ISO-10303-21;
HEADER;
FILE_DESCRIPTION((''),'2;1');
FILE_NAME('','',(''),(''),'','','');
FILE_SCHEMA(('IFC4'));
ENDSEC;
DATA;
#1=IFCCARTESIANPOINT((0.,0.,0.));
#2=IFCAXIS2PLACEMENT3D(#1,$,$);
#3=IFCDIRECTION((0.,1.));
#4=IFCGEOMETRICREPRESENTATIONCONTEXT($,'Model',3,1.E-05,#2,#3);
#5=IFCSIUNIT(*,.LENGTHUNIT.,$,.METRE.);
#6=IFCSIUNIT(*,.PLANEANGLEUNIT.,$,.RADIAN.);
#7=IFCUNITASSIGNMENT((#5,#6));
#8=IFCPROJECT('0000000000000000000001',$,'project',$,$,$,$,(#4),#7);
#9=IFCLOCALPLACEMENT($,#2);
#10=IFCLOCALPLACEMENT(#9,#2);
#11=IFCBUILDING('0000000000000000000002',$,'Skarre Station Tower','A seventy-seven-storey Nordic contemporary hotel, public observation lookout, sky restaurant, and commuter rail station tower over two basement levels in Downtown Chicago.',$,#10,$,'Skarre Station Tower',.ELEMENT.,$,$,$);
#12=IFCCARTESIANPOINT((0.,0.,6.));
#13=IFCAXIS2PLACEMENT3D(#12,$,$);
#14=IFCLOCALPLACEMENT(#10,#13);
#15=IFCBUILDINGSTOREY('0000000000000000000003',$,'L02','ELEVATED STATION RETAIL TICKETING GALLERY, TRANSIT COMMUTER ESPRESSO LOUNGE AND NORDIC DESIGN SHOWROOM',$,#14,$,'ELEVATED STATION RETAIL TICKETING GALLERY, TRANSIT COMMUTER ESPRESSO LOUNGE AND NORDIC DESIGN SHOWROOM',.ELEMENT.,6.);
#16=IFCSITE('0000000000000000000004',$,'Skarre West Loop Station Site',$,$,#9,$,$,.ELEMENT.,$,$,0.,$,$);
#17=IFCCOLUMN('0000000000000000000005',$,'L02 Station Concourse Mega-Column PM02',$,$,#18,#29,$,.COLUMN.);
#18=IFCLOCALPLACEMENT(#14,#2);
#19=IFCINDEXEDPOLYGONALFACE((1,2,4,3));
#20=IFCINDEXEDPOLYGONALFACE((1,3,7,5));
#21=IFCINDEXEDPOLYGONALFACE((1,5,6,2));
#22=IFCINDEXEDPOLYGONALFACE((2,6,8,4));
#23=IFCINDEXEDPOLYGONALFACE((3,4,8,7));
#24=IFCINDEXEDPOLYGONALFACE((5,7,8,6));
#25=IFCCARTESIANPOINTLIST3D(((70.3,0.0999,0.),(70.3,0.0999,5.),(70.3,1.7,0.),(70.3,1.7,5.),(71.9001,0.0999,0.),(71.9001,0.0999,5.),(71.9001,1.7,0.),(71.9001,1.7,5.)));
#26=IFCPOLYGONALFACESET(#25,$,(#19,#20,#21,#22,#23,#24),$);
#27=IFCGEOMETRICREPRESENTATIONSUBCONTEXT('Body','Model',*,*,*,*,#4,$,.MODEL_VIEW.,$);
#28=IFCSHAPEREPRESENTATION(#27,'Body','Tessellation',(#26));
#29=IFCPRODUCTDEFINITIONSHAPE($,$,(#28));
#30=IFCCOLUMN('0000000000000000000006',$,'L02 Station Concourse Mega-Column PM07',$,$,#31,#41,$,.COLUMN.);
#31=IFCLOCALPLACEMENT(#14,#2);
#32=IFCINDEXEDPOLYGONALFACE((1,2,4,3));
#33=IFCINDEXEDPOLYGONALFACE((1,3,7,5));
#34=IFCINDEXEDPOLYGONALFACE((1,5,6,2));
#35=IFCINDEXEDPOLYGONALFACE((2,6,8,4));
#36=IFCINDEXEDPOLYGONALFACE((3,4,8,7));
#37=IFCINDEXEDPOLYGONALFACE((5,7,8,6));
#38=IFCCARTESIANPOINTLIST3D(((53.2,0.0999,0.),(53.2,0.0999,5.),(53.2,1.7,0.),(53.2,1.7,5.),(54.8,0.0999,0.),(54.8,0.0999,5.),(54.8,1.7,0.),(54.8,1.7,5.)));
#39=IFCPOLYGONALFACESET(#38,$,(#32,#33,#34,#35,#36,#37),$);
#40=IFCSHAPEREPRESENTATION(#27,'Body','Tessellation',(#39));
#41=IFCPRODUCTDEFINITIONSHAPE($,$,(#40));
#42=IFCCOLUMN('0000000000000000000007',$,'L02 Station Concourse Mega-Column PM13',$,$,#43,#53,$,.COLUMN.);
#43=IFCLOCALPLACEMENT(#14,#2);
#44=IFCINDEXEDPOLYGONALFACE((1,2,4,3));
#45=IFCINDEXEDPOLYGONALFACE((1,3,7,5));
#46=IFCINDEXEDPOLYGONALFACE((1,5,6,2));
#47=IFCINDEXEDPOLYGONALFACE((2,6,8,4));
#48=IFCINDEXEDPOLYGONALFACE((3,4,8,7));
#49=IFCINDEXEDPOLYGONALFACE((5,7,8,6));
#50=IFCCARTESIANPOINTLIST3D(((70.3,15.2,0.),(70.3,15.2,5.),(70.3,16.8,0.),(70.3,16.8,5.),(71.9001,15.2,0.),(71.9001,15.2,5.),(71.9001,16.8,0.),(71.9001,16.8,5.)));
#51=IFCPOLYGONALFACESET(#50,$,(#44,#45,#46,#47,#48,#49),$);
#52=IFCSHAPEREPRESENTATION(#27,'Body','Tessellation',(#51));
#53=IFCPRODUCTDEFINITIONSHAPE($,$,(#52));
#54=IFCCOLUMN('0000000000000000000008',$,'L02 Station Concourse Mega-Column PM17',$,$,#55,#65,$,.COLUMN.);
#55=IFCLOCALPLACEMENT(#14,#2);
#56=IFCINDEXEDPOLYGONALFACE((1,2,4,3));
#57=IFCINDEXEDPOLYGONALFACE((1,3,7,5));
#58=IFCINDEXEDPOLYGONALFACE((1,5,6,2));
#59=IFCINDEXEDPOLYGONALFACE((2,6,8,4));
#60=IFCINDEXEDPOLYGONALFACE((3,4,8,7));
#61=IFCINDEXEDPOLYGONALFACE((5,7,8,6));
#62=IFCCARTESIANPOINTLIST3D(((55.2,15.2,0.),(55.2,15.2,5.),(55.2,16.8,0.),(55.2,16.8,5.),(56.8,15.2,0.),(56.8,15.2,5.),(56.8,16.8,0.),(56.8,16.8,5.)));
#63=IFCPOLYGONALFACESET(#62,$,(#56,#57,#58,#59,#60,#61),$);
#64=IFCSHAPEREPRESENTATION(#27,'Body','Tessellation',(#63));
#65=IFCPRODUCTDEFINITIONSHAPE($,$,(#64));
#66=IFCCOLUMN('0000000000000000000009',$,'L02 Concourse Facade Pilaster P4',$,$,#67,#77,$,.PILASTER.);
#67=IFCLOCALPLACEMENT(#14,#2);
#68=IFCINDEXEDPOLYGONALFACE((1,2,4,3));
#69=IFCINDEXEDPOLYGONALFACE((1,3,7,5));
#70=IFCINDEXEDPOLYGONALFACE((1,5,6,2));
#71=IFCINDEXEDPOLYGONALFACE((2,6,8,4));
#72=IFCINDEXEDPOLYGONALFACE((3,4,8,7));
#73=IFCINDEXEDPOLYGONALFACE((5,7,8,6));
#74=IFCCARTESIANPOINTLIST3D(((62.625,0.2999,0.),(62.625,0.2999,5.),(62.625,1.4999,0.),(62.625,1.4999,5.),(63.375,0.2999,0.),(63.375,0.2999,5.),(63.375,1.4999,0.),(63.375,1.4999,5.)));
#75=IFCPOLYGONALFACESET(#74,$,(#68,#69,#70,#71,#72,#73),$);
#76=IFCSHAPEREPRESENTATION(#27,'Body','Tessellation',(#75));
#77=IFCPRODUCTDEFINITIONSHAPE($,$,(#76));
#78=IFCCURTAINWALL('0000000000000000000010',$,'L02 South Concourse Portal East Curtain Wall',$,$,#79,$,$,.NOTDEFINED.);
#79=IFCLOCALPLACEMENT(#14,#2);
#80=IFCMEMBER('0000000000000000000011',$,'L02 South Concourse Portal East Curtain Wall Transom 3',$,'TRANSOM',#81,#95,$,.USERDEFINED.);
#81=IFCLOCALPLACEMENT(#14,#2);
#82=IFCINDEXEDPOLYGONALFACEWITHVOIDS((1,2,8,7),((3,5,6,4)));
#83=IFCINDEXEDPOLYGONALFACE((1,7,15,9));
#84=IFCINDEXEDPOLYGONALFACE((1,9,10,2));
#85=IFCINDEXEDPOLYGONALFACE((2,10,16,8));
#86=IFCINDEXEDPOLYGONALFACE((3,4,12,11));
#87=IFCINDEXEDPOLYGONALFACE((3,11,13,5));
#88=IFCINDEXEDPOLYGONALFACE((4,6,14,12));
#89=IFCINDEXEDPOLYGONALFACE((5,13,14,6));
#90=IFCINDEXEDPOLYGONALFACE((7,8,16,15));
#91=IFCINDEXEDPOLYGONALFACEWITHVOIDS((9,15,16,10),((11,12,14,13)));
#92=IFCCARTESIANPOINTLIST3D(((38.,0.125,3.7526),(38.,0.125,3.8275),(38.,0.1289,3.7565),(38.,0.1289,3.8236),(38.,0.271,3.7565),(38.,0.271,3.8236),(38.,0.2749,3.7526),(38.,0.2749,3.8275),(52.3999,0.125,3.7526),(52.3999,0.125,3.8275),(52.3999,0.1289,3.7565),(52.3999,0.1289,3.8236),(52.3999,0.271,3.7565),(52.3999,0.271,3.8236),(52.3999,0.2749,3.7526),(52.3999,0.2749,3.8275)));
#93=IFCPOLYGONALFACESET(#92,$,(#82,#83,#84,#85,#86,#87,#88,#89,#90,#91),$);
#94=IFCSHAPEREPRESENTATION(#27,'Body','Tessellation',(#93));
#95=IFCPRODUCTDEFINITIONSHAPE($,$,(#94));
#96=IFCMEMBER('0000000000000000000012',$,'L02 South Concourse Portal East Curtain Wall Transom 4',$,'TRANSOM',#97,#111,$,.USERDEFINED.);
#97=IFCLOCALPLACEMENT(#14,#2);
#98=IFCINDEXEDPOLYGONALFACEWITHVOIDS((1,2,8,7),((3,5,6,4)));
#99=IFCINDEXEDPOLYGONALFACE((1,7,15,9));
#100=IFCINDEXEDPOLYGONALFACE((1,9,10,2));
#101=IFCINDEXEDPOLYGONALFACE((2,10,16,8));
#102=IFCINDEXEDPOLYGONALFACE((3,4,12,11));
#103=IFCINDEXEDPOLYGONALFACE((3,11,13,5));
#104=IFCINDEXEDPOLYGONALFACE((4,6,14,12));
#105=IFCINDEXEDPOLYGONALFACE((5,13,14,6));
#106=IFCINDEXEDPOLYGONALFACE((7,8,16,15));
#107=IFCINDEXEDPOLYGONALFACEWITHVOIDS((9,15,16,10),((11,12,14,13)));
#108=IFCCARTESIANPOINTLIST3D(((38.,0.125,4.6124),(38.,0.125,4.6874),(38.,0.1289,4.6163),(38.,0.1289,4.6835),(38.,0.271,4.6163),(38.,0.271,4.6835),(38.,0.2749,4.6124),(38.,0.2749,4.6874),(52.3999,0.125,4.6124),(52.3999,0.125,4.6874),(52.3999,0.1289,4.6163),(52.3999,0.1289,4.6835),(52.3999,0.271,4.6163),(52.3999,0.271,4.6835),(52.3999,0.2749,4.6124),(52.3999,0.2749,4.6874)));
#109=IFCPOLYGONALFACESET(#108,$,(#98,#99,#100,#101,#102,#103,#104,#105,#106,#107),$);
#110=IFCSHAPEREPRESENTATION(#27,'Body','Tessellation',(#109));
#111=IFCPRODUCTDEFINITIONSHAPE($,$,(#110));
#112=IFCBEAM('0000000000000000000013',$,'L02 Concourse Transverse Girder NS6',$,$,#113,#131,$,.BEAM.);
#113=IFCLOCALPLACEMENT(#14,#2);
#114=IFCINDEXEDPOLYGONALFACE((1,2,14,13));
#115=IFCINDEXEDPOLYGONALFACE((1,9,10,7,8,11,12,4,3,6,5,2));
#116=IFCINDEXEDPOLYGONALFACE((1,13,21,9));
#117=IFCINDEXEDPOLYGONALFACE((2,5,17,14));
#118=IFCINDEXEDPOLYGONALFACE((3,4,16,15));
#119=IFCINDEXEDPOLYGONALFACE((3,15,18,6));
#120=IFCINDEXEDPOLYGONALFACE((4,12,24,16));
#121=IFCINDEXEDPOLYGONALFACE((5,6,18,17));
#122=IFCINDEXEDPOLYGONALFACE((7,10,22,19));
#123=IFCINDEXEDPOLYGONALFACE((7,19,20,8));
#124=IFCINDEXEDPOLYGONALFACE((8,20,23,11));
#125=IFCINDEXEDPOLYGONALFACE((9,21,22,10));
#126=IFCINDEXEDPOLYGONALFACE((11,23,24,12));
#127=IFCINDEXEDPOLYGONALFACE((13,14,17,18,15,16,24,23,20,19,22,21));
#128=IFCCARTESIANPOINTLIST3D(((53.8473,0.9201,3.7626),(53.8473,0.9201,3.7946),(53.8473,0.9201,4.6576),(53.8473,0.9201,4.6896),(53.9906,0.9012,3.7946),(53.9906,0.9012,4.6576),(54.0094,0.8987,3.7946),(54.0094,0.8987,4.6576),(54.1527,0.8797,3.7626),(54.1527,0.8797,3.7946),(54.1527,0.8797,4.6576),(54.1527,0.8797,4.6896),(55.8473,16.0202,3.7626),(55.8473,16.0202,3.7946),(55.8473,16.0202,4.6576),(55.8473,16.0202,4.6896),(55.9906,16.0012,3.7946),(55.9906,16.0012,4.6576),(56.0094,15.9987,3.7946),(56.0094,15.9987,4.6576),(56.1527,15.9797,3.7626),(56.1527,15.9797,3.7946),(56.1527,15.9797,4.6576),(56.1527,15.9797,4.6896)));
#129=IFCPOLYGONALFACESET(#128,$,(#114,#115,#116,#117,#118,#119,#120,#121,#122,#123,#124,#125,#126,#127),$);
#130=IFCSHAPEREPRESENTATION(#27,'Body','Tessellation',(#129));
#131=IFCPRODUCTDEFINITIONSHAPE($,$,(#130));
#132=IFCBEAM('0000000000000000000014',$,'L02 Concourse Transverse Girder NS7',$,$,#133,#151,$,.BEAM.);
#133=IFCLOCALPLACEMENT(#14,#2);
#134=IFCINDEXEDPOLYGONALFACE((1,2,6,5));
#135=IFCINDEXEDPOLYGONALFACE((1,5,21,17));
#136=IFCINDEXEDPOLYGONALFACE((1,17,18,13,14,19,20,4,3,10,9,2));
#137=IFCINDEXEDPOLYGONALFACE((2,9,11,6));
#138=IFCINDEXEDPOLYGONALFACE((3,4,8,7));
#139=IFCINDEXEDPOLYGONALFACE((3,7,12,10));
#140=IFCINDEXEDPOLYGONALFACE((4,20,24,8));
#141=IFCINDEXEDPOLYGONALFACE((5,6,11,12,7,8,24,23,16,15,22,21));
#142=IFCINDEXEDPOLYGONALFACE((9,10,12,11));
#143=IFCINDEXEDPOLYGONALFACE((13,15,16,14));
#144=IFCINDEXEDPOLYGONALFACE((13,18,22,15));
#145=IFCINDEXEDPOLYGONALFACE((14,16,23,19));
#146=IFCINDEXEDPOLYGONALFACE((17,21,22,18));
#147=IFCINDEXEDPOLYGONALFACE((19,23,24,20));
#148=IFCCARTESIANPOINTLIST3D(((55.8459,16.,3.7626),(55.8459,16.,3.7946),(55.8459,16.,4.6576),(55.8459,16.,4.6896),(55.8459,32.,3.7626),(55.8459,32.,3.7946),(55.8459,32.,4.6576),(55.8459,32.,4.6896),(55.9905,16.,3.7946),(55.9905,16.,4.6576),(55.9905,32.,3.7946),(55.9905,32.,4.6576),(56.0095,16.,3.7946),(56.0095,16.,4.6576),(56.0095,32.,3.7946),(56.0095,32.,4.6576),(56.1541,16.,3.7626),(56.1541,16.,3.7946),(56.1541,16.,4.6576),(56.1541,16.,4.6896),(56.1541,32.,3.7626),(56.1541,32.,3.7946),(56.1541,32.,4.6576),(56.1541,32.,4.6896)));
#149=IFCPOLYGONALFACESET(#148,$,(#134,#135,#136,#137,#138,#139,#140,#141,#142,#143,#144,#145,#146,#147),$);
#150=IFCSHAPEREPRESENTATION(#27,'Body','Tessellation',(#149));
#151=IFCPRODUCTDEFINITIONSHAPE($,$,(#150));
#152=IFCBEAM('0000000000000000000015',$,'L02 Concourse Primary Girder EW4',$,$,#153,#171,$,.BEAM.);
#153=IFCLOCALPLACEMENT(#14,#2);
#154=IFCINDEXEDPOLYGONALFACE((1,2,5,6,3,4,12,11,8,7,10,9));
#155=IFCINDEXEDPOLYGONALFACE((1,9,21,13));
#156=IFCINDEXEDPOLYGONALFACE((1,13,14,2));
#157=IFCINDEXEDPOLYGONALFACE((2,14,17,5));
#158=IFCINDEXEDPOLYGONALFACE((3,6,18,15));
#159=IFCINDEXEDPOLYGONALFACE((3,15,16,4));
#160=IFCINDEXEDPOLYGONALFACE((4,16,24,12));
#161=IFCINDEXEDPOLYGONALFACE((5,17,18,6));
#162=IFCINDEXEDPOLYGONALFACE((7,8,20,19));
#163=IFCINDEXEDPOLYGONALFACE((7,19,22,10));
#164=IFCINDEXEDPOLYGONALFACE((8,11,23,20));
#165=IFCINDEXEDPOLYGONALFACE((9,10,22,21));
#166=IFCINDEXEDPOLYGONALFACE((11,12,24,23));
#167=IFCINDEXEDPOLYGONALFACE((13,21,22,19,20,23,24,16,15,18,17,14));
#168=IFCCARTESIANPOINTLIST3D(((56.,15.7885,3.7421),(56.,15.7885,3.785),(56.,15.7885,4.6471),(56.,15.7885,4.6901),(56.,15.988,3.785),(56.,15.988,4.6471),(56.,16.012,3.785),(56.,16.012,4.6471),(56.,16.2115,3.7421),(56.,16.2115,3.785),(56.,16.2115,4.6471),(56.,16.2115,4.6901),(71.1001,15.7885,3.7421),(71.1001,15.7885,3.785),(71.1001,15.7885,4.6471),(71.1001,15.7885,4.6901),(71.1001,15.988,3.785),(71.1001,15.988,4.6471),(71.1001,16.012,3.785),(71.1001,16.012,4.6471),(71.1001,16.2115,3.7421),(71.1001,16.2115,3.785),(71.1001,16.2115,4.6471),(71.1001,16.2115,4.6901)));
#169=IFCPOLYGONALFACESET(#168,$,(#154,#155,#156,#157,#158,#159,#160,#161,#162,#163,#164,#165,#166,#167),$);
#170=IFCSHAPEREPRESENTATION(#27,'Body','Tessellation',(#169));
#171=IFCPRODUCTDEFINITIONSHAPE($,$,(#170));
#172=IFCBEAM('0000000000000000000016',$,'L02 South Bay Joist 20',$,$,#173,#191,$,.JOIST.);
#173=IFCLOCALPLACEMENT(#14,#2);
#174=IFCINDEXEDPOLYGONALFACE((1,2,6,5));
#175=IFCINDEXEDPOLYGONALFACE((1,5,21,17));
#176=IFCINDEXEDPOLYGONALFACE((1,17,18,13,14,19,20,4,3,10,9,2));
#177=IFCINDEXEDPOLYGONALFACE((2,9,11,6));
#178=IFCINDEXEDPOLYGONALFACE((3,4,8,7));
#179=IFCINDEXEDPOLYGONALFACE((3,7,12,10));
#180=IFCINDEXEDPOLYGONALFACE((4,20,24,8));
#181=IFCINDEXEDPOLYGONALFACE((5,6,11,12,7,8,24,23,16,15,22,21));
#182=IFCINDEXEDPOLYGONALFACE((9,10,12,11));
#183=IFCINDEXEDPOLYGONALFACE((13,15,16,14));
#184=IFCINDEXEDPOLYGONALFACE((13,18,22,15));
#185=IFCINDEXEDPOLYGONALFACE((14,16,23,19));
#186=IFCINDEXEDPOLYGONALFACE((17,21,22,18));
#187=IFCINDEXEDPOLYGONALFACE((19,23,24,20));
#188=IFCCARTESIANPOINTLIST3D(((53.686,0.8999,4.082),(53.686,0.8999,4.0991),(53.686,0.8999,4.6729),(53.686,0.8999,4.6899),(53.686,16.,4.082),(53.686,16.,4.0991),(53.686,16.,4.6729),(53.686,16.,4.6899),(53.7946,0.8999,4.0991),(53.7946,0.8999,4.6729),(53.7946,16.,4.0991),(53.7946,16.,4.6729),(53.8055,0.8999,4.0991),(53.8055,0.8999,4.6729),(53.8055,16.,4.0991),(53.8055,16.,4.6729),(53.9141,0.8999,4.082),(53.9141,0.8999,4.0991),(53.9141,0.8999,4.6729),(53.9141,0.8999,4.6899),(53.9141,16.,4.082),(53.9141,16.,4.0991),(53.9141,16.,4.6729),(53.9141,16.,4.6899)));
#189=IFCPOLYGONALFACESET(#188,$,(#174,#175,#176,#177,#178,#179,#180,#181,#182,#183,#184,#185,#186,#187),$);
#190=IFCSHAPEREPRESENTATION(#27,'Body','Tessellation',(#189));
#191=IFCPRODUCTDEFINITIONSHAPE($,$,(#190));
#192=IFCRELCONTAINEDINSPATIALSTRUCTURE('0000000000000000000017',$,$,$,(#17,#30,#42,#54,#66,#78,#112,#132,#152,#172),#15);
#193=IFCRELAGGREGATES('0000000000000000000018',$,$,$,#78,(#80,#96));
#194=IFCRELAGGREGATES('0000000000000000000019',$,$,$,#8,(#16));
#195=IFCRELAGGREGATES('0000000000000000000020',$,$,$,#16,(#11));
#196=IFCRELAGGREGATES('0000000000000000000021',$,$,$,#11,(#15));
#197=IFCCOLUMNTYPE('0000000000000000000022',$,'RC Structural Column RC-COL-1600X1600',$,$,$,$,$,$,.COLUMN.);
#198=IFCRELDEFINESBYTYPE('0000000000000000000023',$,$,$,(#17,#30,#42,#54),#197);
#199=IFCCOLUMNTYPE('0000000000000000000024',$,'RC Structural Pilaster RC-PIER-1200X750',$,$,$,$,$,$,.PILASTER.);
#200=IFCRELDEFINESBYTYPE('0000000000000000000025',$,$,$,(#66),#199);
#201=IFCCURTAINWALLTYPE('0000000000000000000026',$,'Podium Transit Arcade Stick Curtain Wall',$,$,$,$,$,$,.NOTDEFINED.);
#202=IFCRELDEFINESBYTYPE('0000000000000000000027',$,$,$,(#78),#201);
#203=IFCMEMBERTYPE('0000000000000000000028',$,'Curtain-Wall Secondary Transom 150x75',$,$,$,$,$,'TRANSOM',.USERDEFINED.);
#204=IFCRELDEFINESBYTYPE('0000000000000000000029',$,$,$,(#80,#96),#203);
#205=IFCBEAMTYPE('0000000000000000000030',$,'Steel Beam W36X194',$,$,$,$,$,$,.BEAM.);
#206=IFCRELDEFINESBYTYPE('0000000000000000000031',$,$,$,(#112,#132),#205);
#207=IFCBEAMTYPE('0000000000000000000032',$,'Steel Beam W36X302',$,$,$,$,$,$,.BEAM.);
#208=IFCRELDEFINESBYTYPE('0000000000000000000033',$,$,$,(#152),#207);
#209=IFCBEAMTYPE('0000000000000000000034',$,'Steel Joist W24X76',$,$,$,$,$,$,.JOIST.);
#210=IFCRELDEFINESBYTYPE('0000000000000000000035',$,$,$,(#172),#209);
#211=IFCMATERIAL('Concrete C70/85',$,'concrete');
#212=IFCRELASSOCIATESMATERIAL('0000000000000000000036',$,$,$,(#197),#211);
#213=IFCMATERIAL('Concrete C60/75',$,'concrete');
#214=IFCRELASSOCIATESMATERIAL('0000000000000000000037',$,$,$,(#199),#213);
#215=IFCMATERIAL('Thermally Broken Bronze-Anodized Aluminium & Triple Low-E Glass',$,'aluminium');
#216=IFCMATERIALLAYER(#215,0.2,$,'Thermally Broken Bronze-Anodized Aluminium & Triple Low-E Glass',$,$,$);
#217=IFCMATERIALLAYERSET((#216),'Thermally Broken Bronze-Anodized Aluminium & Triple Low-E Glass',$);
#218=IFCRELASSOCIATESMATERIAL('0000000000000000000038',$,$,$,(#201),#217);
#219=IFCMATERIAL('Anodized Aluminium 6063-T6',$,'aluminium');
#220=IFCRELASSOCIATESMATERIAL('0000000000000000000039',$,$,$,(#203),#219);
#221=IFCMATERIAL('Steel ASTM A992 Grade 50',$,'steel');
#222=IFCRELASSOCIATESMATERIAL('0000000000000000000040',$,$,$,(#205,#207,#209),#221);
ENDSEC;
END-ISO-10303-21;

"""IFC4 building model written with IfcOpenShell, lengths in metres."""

from ifc_helpers import new_model, si_unit, direction, frame, origin, origin_2d, place, context, subcontext, project, spatial, rectangle, hollow_rectangle, i_section, extrude, material, layer, layer_set, material_profile, profile_set, type_object, element, aggregate, save


model = new_model("IFC4")

# Units and contexts
model_context = context("Model", 3, precision=1e-05, world=origin(), true_north=direction((0.0, 1.0)))
body_context = subcontext(model_context, "Body", "Model", "MODEL_VIEW")
ifc_project = project(units=[si_unit("LENGTHUNIT", "METRE"), si_unit("PLANEANGLEUNIT", "RADIAN")], contexts=[model_context])

# Site, building, storey
site_placement = place(None, origin())
site = spatial("IfcSite", under=ifc_project, at=site_placement, Name="Skarre West Loop Station Site", CompositionType="ELEMENT", RefElevation=0.0)
building_placement = place(site_placement, origin())
building = spatial("IfcBuilding", under=site, at=building_placement, Name="Skarre Station Tower", Description="A seventy-seven-storey Nordic contemporary hotel, public observation lookout, sky restaurant, and commuter rail station tower over two basement levels in Downtown Chicago.", LongName="Skarre Station Tower", CompositionType="ELEMENT")
storey_placement = place(building_placement, frame((0.0, 0.0, 6.0)))
storey = spatial("IfcBuildingStorey", under=building, at=storey_placement, Name="L02", Description="ELEVATED STATION RETAIL TICKETING GALLERY, TRANSIT COMMUTER ESPRESSO LOUNGE AND NORDIC DESIGN SHOWROOM", LongName="ELEVATED STATION RETAIL TICKETING GALLERY, TRANSIT COMMUTER ESPRESSO LOUNGE AND NORDIC DESIGN SHOWROOM", CompositionType="ELEMENT", Elevation=6.0)

# Columns
ifc_material_1 = material(Name="Concrete C70/85", Category="concrete")
ifc_material_profile_1 = material_profile(ifc_material_1, rectangle(XDim=1.6001, YDim=1.6001, at=origin_2d()), Name="Concrete C70/85")
ifc_profile_set_1 = profile_set([ifc_material_profile_1], Name="Concrete C70/85")
column_type_1 = type_object("IfcColumnType", Name="RC Structural Column RC-COL-1600X1600", PredefinedType="COLUMN", material=ifc_profile_set_1)
for number, where, z_axis, x_axis, name in (
    (1, (71.1001, 0.8999, 0.0), (0.0, 0.0, 1.0), (1.0, 0.0, 0.0), "L02 Station Concourse Mega-Column PM02"),
    (2, (54.0, 0.8999, 0.0), (0.0, 0.0, 1.0), (1.0, 0.0, 0.0), "L02 Station Concourse Mega-Column PM07"),
    (3, (71.1001, 16.0, 0.0), (0.0, 0.0, 1.0), (1.0, 0.0, 0.0), "L02 Station Concourse Mega-Column PM13"),
    (4, (56.0, 16.0, 0.0), (0.0, 0.0, 1.0), (1.0, 0.0, 0.0), "L02 Station Concourse Mega-Column PM17"),
):
    element("IfcColumn", number, at=place(storey_placement, frame(where, z_axis=z_axis, x_axis=x_axis)), inside=storey, type_object=column_type_1, Name=name, PredefinedType="COLUMN", context=body_context, shape_type="SweptSolid", body=[
        extrude(rectangle(XDim=1.6001, YDim=1.6001, at=origin_2d()), origin(), (0.0, 0.0, 1.0), 5.0),
    ])
ifc_material_2 = material(Name="Concrete C60/75", Category="concrete")
ifc_material_profile_2 = material_profile(ifc_material_2, rectangle(XDim=0.75, YDim=1.2, at=origin_2d()), Name="Concrete C60/75")
ifc_profile_set_2 = profile_set([ifc_material_profile_2], Name="Concrete C60/75")
column_type_2 = type_object("IfcColumnType", Name="RC Structural Pilaster RC-PIER-1200X750", PredefinedType="PILASTER", material=ifc_profile_set_2)
column_placement = place(storey_placement, frame((63.0, 0.8999, 0.0), z_axis=(0.0, 0.0, 1.0), x_axis=(1.0, 0.0, 0.0)))
element("IfcColumn", 5, at=column_placement, inside=storey, type_object=column_type_2, Name="L02 Concourse Facade Pilaster P4", PredefinedType="PILASTER", context=body_context, shape_type="SweptSolid", body=[
    extrude(rectangle(XDim=0.75, YDim=1.2, at=origin_2d()), origin(), (0.0, 0.0, 1.0), 5.0),
])

# Curtain wall, members
ifc_material_3 = material(Name="Thermally Broken Bronze-Anodized Aluminium & Triple Low-E Glass", Category="aluminium")
ifc_layer_1 = layer(ifc_material_3, 0.2, Name="Thermally Broken Bronze-Anodized Aluminium & Triple Low-E Glass")
ifc_layer_set_1 = layer_set([ifc_layer_1], Name="Thermally Broken Bronze-Anodized Aluminium & Triple Low-E Glass")
curtain_wall_type = type_object("IfcCurtainWallType", Name="Podium Transit Arcade Stick Curtain Wall", PredefinedType="NOTDEFINED", material=ifc_layer_set_1)
curtain_wall_placement = place(storey_placement, origin())
curtain_wall = element("IfcCurtainWall", 6, at=curtain_wall_placement, inside=storey, type_object=curtain_wall_type, Name="L02 South Concourse Portal East Curtain Wall", PredefinedType="NOTDEFINED")
ifc_material_4 = material(Name="Anodized Aluminium 6063-T6", Category="aluminium")
ifc_material_profile_3 = material_profile(ifc_material_4, hollow_rectangle(XDim=0.075, YDim=0.1499, WallThickness=0.0039, at=origin_2d()), Name="Anodized Aluminium 6063-T6")
ifc_profile_set_3 = profile_set([ifc_material_profile_3], Name="Anodized Aluminium 6063-T6")
member_type = type_object("IfcMemberType", Name="Curtain-Wall Secondary Transom 150x75", ElementType="TRANSOM", PredefinedType="USERDEFINED", material=ifc_profile_set_3)
member_1_placement = place(storey_placement, frame((52.3999, 0.2, 3.79), z_axis=(-1.0, 0.0, 0.0), x_axis=(0.0, 0.0, 1.0)))
member_1 = element("IfcMember", 7, at=member_1_placement, type_object=member_type, Name="L02 South Concourse Portal East Curtain Wall Transom 3", ObjectType="TRANSOM", PredefinedType="USERDEFINED", context=body_context, shape_type="SweptSolid", body=[
    extrude(hollow_rectangle(XDim=0.075, YDim=0.1499, WallThickness=0.0039, at=origin_2d()), origin(), (0.0, 0.0, 1.0), 14.3999),
])
member_2_placement = place(storey_placement, frame((52.3999, 0.2, 4.6499), z_axis=(-1.0, 0.0, 0.0), x_axis=(0.0, 0.0, 1.0)))
member_2 = element("IfcMember", 8, at=member_2_placement, type_object=member_type, Name="L02 South Concourse Portal East Curtain Wall Transom 4", ObjectType="TRANSOM", PredefinedType="USERDEFINED", context=body_context, shape_type="SweptSolid", body=[
    extrude(hollow_rectangle(XDim=0.075, YDim=0.1499, WallThickness=0.0039, at=origin_2d()), origin(), (0.0, 0.0, 1.0), 14.3999),
])
aggregate(curtain_wall, [member_1, member_2])

# Beams
ifc_material_5 = material(Name="Steel ASTM A992 Grade 50", Category="steel")
ifc_material_profile_4 = material_profile(ifc_material_5, i_section(OverallWidth=0.3081, OverallDepth=0.927, WebThickness=0.019, FlangeThickness=0.032, at=origin_2d()), Name="Steel ASTM A992 Grade 50")
ifc_profile_set_4 = profile_set([ifc_material_profile_4], Name="Steel ASTM A992 Grade 50")
beam_type_1 = type_object("IfcBeamType", Name="Steel Beam W36X194", PredefinedType="BEAM", material=ifc_profile_set_4)
beam_1_placement = place(storey_placement, frame((54.0, 0.8999, 4.2261), z_axis=(0.131303, 0.991342, 0.0), x_axis=(-0.991342, 0.131303, 0.0)))
element("IfcBeam", 9, at=beam_1_placement, inside=storey, type_object=beam_type_1, Name="L02 Concourse Transverse Girder NS6", PredefinedType="BEAM", context=body_context, shape_type="SweptSolid", body=[
    extrude(i_section(OverallWidth=0.3081, OverallDepth=0.927, WebThickness=0.019, FlangeThickness=0.032, at=origin_2d()), origin(), (0.0, 0.0, 1.0), 15.2319),
])
beam_2_placement = place(storey_placement, frame((56.0, 16.0, 4.2261), z_axis=(0.0, 1.0, 0.0), x_axis=(-1.0, 0.0, 0.0)))
element("IfcBeam", 10, at=beam_2_placement, inside=storey, type_object=beam_type_1, Name="L02 Concourse Transverse Girder NS7", PredefinedType="BEAM", context=body_context, shape_type="SweptSolid", body=[
    extrude(i_section(OverallWidth=0.3081, OverallDepth=0.927, WebThickness=0.019, FlangeThickness=0.032, at=origin_2d()), origin(), (0.0, 0.0, 1.0), 16.0),
])
ifc_material_profile_5 = material_profile(ifc_material_5, i_section(OverallWidth=0.4231, OverallDepth=0.948, WebThickness=0.0239, FlangeThickness=0.043, at=origin_2d()), Name="Steel ASTM A992 Grade 50")
ifc_profile_set_5 = profile_set([ifc_material_profile_5], Name="Steel ASTM A992 Grade 50")
beam_type_2 = type_object("IfcBeamType", Name="Steel Beam W36X302", PredefinedType="BEAM", material=ifc_profile_set_5)
beam_3_placement = place(storey_placement, frame((56.0, 16.0, 4.2161), z_axis=(1.0, 0.0, 0.0), x_axis=(0.0, 1.0, 0.0)))
element("IfcBeam", 11, at=beam_3_placement, inside=storey, type_object=beam_type_2, Name="L02 Concourse Primary Girder EW4", PredefinedType="BEAM", context=body_context, shape_type="SweptSolid", body=[
    extrude(i_section(OverallWidth=0.4231, OverallDepth=0.948, WebThickness=0.0239, FlangeThickness=0.043, at=origin_2d()), origin(), (0.0, 0.0, 1.0), 15.1001),
])
ifc_material_profile_6 = material_profile(ifc_material_5, i_section(OverallWidth=0.228, OverallDepth=0.6079, WebThickness=0.011, FlangeThickness=0.0171, at=origin_2d()), Name="Steel ASTM A992 Grade 50")
ifc_profile_set_6 = profile_set([ifc_material_profile_6], Name="Steel ASTM A992 Grade 50")
beam_type_3 = type_object("IfcBeamType", Name="Steel Joist W24X76", PredefinedType="JOIST", material=ifc_profile_set_6)
for number, where, z_axis, x_axis, name in (
    (12, (53.8, 0.8999, 4.386), (0.0, 1.0, 0.0), (-1.0, 0.0, 0.0), "L02 South Bay Joist 20"),
):
    element("IfcBeam", number, at=place(storey_placement, frame(where, z_axis=z_axis, x_axis=x_axis)), inside=storey, type_object=beam_type_3, Name=name, PredefinedType="JOIST", context=body_context, shape_type="SweptSolid", body=[
        extrude(i_section(OverallWidth=0.228, OverallDepth=0.6079, WebThickness=0.011, FlangeThickness=0.0171, at=origin_2d()), origin(), (0.0, 0.0, 1.0), 15.1001),
    ])

save(model, "model.ifc")
